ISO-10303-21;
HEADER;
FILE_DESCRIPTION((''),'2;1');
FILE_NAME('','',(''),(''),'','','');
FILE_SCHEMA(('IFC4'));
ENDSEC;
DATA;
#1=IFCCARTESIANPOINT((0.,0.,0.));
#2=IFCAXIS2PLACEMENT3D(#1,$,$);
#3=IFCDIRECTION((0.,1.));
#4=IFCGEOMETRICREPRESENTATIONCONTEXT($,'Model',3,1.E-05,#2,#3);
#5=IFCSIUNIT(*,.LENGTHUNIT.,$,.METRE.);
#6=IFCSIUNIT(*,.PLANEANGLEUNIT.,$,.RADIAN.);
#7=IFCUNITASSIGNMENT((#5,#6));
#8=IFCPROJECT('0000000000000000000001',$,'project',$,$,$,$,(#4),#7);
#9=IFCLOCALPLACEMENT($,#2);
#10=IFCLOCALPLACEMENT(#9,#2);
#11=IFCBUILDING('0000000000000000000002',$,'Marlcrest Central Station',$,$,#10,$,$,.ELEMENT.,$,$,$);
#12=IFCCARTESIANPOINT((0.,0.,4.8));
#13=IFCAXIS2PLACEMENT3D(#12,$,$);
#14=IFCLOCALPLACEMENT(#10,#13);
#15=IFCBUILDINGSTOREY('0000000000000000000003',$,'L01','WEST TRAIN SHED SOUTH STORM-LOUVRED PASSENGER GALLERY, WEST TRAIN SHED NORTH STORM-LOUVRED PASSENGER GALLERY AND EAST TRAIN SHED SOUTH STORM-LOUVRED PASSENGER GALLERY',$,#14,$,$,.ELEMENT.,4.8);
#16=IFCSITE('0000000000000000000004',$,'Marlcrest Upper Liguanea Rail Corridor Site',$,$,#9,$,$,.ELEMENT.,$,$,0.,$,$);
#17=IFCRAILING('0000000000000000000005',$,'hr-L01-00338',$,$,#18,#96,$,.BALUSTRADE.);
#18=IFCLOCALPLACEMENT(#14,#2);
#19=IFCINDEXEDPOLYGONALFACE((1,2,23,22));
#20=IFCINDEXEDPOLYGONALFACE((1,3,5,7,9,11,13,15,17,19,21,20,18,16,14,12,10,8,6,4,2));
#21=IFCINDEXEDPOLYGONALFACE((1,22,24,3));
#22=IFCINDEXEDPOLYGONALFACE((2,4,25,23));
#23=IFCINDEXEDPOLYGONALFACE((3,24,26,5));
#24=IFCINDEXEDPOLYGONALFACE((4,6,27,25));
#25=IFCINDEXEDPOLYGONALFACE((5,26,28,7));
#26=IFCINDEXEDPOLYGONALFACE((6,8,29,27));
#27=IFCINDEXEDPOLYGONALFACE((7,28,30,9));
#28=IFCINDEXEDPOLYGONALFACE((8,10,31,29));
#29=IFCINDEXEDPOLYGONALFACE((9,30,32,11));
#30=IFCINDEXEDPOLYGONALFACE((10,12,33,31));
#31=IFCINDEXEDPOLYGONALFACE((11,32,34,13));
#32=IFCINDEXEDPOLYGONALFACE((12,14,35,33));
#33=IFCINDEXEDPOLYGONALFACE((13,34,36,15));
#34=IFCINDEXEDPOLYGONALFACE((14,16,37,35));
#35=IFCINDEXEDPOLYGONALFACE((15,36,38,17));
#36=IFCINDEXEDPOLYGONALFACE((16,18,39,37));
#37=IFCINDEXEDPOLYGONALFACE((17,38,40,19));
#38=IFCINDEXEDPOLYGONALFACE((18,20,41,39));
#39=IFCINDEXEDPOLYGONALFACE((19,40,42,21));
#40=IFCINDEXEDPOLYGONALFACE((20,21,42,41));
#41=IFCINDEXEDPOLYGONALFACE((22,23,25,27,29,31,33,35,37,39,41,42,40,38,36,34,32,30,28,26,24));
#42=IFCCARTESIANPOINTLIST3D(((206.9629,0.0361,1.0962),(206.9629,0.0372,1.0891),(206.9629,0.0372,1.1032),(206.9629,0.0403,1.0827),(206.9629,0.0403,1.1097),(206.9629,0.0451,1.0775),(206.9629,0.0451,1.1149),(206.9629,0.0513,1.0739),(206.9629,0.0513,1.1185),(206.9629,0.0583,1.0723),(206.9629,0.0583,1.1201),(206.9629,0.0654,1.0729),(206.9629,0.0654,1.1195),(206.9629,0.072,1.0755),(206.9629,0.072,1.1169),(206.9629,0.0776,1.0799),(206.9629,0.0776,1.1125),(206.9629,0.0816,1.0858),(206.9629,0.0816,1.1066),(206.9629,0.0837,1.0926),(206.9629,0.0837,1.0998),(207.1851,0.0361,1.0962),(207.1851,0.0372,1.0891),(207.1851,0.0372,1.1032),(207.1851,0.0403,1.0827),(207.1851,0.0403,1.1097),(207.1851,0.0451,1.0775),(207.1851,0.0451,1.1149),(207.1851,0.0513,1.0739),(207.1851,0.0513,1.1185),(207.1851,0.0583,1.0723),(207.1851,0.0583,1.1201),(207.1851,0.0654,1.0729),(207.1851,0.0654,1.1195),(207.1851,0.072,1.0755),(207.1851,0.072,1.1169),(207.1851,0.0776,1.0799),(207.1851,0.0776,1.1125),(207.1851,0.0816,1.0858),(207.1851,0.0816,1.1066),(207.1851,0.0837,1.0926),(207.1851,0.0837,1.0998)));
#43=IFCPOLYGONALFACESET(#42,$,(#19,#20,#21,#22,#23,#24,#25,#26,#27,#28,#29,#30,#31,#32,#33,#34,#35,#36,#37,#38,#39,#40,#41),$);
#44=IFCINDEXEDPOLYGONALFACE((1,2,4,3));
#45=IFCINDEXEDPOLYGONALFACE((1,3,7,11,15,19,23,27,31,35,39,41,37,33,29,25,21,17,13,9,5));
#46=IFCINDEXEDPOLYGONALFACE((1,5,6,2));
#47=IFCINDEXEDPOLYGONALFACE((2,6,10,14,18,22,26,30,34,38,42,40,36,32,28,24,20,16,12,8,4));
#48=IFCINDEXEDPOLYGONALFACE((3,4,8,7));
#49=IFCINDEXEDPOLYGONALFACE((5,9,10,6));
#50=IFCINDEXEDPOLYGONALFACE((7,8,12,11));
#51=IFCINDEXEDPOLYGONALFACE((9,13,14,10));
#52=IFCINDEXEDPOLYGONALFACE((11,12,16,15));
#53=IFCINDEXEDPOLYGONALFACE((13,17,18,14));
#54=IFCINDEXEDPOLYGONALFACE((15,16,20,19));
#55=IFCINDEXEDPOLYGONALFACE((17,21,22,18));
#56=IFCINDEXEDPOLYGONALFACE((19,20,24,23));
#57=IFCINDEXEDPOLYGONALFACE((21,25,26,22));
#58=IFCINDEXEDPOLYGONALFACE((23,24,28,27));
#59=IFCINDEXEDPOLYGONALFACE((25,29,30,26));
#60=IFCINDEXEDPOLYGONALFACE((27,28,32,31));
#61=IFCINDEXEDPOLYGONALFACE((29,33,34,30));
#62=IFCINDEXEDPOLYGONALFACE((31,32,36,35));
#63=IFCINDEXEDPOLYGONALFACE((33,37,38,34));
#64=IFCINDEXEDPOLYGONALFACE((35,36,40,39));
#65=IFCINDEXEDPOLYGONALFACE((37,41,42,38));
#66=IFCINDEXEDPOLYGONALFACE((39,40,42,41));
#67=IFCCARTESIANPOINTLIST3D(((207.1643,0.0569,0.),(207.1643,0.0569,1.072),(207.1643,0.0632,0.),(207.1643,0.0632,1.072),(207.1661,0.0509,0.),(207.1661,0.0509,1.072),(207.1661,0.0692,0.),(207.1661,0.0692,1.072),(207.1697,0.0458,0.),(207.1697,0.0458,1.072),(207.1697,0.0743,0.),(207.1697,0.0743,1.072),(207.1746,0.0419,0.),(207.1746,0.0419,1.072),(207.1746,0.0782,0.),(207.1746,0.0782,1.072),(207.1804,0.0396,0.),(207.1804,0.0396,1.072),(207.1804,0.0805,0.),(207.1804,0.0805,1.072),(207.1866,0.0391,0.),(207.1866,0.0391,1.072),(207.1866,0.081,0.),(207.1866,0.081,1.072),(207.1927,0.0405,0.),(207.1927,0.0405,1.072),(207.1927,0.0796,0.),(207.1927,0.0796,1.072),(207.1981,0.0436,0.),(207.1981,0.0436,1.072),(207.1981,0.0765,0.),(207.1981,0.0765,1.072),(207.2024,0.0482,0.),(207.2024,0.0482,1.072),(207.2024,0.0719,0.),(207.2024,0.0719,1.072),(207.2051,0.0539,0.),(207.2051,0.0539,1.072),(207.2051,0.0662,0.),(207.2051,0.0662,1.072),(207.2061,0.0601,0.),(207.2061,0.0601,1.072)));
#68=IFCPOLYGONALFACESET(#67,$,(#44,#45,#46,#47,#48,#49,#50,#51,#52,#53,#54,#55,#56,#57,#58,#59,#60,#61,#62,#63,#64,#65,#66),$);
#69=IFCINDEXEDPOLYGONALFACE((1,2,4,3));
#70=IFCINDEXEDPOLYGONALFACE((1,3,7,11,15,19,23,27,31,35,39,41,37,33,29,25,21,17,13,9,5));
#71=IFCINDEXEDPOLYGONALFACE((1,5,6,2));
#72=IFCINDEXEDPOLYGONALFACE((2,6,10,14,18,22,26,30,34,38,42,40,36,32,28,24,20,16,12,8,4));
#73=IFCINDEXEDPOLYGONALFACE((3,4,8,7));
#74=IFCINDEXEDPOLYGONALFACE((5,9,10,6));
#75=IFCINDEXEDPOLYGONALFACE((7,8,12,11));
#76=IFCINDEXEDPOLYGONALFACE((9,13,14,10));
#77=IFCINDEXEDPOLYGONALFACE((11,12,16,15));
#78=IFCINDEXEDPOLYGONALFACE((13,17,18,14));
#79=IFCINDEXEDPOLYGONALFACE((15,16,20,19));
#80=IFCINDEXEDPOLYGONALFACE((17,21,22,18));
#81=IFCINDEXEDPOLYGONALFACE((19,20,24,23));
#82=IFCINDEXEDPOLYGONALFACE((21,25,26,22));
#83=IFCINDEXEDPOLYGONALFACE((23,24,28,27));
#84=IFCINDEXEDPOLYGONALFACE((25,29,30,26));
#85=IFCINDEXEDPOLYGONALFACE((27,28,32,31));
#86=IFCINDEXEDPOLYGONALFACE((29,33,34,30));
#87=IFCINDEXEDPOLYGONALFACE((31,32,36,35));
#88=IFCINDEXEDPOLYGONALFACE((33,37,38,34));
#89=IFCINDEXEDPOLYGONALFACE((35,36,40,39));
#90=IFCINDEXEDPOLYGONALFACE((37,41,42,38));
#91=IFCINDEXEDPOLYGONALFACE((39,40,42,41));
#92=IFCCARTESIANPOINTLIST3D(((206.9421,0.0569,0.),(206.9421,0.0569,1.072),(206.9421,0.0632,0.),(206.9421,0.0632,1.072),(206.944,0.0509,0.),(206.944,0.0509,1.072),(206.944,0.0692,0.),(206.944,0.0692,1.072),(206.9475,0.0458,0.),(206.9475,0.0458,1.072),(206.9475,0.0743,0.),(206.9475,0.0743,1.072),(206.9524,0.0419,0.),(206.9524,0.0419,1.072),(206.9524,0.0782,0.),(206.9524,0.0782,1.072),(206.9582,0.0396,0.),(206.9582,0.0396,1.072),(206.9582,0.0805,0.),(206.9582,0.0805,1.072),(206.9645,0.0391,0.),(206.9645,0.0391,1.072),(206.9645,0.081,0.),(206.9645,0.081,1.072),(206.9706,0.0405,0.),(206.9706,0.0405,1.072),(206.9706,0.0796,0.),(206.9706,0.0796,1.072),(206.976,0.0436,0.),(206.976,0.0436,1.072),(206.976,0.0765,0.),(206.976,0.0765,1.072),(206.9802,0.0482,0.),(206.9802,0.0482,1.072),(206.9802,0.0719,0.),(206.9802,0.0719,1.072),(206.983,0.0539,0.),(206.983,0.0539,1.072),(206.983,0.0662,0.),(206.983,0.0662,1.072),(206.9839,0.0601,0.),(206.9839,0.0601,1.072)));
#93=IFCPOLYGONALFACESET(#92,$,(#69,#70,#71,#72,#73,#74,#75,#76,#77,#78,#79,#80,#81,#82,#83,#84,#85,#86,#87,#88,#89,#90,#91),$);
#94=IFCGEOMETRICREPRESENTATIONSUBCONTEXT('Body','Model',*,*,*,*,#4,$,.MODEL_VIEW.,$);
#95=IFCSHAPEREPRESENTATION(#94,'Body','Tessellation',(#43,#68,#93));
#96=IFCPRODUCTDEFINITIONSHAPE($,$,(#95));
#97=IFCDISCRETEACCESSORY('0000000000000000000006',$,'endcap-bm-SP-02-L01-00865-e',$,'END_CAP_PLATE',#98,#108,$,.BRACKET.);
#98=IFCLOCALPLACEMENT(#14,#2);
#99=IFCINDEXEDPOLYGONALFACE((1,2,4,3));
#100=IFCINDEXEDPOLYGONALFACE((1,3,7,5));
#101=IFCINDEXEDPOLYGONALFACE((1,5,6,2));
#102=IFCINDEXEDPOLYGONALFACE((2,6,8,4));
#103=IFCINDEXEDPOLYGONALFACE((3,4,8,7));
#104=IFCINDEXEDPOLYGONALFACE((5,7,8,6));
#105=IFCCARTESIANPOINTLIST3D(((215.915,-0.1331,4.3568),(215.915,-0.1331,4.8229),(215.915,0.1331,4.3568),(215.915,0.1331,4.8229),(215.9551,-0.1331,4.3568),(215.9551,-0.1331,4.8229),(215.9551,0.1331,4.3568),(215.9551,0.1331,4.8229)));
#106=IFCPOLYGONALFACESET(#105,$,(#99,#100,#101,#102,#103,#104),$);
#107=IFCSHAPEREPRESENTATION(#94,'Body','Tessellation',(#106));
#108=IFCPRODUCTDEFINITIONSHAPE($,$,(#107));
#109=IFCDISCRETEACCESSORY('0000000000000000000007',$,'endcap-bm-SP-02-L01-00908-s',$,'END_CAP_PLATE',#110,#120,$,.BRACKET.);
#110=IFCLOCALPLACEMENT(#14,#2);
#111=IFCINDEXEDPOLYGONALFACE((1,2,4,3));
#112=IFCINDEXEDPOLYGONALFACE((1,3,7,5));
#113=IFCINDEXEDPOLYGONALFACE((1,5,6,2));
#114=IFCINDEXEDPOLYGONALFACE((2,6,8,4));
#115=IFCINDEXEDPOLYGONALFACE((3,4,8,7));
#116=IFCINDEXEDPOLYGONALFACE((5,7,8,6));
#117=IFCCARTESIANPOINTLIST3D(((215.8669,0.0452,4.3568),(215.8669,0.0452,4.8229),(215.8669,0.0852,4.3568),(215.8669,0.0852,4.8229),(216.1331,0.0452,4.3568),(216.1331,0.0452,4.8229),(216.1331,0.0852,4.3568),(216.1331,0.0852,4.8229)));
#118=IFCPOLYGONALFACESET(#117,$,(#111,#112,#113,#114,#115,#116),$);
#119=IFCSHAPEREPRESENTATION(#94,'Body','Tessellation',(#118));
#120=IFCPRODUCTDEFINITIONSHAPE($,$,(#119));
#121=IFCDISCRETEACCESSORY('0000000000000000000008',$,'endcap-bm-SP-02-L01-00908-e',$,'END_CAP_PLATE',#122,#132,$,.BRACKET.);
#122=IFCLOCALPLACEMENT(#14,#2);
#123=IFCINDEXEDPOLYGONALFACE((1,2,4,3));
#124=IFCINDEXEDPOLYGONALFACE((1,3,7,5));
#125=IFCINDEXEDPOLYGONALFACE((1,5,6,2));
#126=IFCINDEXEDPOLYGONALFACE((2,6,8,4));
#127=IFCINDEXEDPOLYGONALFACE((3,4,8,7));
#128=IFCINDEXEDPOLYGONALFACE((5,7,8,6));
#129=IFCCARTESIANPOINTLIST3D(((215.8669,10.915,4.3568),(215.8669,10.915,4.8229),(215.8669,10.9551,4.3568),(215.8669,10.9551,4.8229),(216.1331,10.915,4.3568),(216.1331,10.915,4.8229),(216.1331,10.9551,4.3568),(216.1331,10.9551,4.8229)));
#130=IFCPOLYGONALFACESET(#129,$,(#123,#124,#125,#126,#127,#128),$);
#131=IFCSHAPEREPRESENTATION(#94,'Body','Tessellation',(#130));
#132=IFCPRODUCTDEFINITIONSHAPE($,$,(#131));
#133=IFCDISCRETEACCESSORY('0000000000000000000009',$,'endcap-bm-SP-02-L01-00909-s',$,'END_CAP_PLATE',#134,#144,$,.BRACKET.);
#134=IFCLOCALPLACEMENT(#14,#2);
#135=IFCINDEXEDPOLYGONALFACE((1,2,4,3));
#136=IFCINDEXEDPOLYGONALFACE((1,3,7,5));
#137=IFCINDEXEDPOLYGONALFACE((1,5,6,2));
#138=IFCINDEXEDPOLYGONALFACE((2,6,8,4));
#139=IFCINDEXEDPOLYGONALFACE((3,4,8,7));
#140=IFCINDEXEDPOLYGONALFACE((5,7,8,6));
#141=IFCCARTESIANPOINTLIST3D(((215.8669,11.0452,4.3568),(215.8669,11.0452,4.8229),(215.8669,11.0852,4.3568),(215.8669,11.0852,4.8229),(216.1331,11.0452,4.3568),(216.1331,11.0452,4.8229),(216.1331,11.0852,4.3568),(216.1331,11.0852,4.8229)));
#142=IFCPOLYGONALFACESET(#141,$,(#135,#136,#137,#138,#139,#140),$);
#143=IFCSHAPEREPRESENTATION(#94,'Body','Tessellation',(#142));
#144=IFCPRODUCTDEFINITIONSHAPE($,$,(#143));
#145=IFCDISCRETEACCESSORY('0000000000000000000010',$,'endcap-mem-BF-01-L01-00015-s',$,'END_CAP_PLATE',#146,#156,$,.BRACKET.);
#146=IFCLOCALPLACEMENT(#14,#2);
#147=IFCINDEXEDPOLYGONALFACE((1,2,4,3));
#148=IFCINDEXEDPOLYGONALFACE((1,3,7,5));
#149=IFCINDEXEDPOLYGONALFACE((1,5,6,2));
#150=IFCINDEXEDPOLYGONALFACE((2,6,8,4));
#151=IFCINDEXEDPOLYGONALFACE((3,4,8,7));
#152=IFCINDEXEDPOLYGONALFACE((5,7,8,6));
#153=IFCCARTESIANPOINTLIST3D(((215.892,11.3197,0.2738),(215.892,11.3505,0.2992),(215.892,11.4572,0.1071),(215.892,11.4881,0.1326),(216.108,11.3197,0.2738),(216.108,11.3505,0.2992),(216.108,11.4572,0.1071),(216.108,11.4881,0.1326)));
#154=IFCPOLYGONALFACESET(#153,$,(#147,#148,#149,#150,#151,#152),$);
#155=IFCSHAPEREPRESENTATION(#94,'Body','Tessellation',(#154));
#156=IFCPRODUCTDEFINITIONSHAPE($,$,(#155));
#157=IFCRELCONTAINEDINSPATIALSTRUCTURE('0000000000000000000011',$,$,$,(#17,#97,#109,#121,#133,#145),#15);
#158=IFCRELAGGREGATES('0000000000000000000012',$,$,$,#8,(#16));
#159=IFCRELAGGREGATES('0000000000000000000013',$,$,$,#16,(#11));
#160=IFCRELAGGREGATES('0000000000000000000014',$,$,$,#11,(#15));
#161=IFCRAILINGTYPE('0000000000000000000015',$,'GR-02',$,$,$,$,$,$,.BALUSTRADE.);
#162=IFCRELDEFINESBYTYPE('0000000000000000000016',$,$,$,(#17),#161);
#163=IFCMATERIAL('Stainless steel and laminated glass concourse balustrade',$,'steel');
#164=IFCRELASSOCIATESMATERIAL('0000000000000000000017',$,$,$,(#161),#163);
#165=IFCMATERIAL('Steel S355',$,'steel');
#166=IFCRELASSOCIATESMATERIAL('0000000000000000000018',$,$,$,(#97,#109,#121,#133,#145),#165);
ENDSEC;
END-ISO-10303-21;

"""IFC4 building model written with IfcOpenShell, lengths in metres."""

from ifc_helpers import new_model, si_unit, direction, frame, origin, origin_2d, place, context, subcontext, project, spatial, rectangle, circle, extrude, material, type_object, element, save


model = new_model("IFC4")

# Units and contexts
model_context = context("Model", 3, precision=1e-05, world=origin(), true_north=direction((0.0, 1.0)))
body_context = subcontext(model_context, "Body", "Model", "MODEL_VIEW")
ifc_project = project(units=[si_unit("LENGTHUNIT", "METRE"), si_unit("PLANEANGLEUNIT", "RADIAN")], contexts=[model_context])

# Site, building, storey
site_placement = place(None, origin())
site = spatial("IfcSite", under=ifc_project, at=site_placement, Name="Marlcrest Upper Liguanea Rail Corridor Site", CompositionType="ELEMENT", RefElevation=0.0)
building_placement = place(site_placement, origin())
building = spatial("IfcBuilding", under=site, at=building_placement, Name="Marlcrest Central Station", CompositionType="ELEMENT")
storey_placement = place(building_placement, frame((0.0, 0.0, 4.8)))
storey = spatial("IfcBuildingStorey", under=building, at=storey_placement, Name="L01", Description="WEST TRAIN SHED SOUTH STORM-LOUVRED PASSENGER GALLERY, WEST TRAIN SHED NORTH STORM-LOUVRED PASSENGER GALLERY AND EAST TRAIN SHED SOUTH STORM-LOUVRED PASSENGER GALLERY", CompositionType="ELEMENT", Elevation=4.8)

# Shared definitions
ifc_material_1 = material(Name="Steel S355", Category="steel")

# Railing
ifc_material_2 = material(Name="Stainless steel and laminated glass concourse balustrade", Category="steel")
railing_type = type_object("IfcRailingType", Name="GR-02", PredefinedType="BALUSTRADE", material=ifc_material_2)
railing_placement = place(storey_placement, frame((207.1851, 0.0601, 0.0)))
element("IfcRailing", 1, at=railing_placement, inside=storey, type_object=railing_type, Name="hr-L01-00338", PredefinedType="BALUSTRADE", context=body_context, shape_type="SweptSolid", body=[
    extrude(circle(Radius=0.0239, at=origin_2d()), frame((0.0, 0.0, 1.0962), z_axis=(-1.0, 0.0, 0.0), x_axis=(0.0, -1.0, 0.0)), (0.0, 0.0, 1.0), 0.2222),
    extrude(circle(Radius=0.021, at=origin_2d()), origin(), (0.0, 0.0, 1.0), 1.072),
    extrude(circle(Radius=0.021, at=origin_2d()), frame((-0.2222, 0.0, 0.0)), (0.0, 0.0, 1.0), 1.072),
])

# Discrete accessories
for number, where, z_axis, x_axis, name in (
    (2, (215.915, 0.0, 4.5898), (1.0, 0.0, 0.0), (0.0, 1.0, 0.0), "endcap-bm-SP-02-L01-00865-e"),
    (3, (216.0, 0.0452, 4.5898), (0.0, 1.0, 0.0), (-1.0, 0.0, 0.0), "endcap-bm-SP-02-L01-00908-s"),
    (4, (216.0, 10.915, 4.5898), (0.0, 1.0, 0.0), (-1.0, 0.0, 0.0), "endcap-bm-SP-02-L01-00908-e"),
    (5, (216.0, 11.0452, 4.5898), (0.0, 1.0, 0.0), (-1.0, 0.0, 0.0), "endcap-bm-SP-02-L01-00909-s"),
):
    element("IfcDiscreteAccessory", number, at=place(storey_placement, frame(where, z_axis=z_axis, x_axis=x_axis)), inside=storey, material=ifc_material_1, Name=name, ObjectType="END_CAP_PLATE", PredefinedType="BRACKET", context=body_context, shape_type="SweptSolid", body=[
        extrude(rectangle(XDim=0.2661, YDim=0.4661, at=origin_2d()), origin(), (0.0, 0.0, 1.0), 0.04),
    ])
discrete_accessory_placement = place(storey_placement, frame((216.0, 11.3884, 0.1904), z_axis=(0.0, 0.771288, 0.636487), x_axis=(-1.0, 0.0, 0.0)))
element("IfcDiscreteAccessory", 6, at=discrete_accessory_placement, inside=storey, material=ifc_material_1, Name="endcap-mem-BF-01-L01-00015-s", ObjectType="END_CAP_PLATE", PredefinedType="BRACKET", context=body_context, shape_type="SweptSolid", body=[
    extrude(rectangle(XDim=0.2161, YDim=0.2161, at=origin_2d()), origin(), (0.0, 0.0, 1.0), 0.04),
])

save(model, "model.ifc")
